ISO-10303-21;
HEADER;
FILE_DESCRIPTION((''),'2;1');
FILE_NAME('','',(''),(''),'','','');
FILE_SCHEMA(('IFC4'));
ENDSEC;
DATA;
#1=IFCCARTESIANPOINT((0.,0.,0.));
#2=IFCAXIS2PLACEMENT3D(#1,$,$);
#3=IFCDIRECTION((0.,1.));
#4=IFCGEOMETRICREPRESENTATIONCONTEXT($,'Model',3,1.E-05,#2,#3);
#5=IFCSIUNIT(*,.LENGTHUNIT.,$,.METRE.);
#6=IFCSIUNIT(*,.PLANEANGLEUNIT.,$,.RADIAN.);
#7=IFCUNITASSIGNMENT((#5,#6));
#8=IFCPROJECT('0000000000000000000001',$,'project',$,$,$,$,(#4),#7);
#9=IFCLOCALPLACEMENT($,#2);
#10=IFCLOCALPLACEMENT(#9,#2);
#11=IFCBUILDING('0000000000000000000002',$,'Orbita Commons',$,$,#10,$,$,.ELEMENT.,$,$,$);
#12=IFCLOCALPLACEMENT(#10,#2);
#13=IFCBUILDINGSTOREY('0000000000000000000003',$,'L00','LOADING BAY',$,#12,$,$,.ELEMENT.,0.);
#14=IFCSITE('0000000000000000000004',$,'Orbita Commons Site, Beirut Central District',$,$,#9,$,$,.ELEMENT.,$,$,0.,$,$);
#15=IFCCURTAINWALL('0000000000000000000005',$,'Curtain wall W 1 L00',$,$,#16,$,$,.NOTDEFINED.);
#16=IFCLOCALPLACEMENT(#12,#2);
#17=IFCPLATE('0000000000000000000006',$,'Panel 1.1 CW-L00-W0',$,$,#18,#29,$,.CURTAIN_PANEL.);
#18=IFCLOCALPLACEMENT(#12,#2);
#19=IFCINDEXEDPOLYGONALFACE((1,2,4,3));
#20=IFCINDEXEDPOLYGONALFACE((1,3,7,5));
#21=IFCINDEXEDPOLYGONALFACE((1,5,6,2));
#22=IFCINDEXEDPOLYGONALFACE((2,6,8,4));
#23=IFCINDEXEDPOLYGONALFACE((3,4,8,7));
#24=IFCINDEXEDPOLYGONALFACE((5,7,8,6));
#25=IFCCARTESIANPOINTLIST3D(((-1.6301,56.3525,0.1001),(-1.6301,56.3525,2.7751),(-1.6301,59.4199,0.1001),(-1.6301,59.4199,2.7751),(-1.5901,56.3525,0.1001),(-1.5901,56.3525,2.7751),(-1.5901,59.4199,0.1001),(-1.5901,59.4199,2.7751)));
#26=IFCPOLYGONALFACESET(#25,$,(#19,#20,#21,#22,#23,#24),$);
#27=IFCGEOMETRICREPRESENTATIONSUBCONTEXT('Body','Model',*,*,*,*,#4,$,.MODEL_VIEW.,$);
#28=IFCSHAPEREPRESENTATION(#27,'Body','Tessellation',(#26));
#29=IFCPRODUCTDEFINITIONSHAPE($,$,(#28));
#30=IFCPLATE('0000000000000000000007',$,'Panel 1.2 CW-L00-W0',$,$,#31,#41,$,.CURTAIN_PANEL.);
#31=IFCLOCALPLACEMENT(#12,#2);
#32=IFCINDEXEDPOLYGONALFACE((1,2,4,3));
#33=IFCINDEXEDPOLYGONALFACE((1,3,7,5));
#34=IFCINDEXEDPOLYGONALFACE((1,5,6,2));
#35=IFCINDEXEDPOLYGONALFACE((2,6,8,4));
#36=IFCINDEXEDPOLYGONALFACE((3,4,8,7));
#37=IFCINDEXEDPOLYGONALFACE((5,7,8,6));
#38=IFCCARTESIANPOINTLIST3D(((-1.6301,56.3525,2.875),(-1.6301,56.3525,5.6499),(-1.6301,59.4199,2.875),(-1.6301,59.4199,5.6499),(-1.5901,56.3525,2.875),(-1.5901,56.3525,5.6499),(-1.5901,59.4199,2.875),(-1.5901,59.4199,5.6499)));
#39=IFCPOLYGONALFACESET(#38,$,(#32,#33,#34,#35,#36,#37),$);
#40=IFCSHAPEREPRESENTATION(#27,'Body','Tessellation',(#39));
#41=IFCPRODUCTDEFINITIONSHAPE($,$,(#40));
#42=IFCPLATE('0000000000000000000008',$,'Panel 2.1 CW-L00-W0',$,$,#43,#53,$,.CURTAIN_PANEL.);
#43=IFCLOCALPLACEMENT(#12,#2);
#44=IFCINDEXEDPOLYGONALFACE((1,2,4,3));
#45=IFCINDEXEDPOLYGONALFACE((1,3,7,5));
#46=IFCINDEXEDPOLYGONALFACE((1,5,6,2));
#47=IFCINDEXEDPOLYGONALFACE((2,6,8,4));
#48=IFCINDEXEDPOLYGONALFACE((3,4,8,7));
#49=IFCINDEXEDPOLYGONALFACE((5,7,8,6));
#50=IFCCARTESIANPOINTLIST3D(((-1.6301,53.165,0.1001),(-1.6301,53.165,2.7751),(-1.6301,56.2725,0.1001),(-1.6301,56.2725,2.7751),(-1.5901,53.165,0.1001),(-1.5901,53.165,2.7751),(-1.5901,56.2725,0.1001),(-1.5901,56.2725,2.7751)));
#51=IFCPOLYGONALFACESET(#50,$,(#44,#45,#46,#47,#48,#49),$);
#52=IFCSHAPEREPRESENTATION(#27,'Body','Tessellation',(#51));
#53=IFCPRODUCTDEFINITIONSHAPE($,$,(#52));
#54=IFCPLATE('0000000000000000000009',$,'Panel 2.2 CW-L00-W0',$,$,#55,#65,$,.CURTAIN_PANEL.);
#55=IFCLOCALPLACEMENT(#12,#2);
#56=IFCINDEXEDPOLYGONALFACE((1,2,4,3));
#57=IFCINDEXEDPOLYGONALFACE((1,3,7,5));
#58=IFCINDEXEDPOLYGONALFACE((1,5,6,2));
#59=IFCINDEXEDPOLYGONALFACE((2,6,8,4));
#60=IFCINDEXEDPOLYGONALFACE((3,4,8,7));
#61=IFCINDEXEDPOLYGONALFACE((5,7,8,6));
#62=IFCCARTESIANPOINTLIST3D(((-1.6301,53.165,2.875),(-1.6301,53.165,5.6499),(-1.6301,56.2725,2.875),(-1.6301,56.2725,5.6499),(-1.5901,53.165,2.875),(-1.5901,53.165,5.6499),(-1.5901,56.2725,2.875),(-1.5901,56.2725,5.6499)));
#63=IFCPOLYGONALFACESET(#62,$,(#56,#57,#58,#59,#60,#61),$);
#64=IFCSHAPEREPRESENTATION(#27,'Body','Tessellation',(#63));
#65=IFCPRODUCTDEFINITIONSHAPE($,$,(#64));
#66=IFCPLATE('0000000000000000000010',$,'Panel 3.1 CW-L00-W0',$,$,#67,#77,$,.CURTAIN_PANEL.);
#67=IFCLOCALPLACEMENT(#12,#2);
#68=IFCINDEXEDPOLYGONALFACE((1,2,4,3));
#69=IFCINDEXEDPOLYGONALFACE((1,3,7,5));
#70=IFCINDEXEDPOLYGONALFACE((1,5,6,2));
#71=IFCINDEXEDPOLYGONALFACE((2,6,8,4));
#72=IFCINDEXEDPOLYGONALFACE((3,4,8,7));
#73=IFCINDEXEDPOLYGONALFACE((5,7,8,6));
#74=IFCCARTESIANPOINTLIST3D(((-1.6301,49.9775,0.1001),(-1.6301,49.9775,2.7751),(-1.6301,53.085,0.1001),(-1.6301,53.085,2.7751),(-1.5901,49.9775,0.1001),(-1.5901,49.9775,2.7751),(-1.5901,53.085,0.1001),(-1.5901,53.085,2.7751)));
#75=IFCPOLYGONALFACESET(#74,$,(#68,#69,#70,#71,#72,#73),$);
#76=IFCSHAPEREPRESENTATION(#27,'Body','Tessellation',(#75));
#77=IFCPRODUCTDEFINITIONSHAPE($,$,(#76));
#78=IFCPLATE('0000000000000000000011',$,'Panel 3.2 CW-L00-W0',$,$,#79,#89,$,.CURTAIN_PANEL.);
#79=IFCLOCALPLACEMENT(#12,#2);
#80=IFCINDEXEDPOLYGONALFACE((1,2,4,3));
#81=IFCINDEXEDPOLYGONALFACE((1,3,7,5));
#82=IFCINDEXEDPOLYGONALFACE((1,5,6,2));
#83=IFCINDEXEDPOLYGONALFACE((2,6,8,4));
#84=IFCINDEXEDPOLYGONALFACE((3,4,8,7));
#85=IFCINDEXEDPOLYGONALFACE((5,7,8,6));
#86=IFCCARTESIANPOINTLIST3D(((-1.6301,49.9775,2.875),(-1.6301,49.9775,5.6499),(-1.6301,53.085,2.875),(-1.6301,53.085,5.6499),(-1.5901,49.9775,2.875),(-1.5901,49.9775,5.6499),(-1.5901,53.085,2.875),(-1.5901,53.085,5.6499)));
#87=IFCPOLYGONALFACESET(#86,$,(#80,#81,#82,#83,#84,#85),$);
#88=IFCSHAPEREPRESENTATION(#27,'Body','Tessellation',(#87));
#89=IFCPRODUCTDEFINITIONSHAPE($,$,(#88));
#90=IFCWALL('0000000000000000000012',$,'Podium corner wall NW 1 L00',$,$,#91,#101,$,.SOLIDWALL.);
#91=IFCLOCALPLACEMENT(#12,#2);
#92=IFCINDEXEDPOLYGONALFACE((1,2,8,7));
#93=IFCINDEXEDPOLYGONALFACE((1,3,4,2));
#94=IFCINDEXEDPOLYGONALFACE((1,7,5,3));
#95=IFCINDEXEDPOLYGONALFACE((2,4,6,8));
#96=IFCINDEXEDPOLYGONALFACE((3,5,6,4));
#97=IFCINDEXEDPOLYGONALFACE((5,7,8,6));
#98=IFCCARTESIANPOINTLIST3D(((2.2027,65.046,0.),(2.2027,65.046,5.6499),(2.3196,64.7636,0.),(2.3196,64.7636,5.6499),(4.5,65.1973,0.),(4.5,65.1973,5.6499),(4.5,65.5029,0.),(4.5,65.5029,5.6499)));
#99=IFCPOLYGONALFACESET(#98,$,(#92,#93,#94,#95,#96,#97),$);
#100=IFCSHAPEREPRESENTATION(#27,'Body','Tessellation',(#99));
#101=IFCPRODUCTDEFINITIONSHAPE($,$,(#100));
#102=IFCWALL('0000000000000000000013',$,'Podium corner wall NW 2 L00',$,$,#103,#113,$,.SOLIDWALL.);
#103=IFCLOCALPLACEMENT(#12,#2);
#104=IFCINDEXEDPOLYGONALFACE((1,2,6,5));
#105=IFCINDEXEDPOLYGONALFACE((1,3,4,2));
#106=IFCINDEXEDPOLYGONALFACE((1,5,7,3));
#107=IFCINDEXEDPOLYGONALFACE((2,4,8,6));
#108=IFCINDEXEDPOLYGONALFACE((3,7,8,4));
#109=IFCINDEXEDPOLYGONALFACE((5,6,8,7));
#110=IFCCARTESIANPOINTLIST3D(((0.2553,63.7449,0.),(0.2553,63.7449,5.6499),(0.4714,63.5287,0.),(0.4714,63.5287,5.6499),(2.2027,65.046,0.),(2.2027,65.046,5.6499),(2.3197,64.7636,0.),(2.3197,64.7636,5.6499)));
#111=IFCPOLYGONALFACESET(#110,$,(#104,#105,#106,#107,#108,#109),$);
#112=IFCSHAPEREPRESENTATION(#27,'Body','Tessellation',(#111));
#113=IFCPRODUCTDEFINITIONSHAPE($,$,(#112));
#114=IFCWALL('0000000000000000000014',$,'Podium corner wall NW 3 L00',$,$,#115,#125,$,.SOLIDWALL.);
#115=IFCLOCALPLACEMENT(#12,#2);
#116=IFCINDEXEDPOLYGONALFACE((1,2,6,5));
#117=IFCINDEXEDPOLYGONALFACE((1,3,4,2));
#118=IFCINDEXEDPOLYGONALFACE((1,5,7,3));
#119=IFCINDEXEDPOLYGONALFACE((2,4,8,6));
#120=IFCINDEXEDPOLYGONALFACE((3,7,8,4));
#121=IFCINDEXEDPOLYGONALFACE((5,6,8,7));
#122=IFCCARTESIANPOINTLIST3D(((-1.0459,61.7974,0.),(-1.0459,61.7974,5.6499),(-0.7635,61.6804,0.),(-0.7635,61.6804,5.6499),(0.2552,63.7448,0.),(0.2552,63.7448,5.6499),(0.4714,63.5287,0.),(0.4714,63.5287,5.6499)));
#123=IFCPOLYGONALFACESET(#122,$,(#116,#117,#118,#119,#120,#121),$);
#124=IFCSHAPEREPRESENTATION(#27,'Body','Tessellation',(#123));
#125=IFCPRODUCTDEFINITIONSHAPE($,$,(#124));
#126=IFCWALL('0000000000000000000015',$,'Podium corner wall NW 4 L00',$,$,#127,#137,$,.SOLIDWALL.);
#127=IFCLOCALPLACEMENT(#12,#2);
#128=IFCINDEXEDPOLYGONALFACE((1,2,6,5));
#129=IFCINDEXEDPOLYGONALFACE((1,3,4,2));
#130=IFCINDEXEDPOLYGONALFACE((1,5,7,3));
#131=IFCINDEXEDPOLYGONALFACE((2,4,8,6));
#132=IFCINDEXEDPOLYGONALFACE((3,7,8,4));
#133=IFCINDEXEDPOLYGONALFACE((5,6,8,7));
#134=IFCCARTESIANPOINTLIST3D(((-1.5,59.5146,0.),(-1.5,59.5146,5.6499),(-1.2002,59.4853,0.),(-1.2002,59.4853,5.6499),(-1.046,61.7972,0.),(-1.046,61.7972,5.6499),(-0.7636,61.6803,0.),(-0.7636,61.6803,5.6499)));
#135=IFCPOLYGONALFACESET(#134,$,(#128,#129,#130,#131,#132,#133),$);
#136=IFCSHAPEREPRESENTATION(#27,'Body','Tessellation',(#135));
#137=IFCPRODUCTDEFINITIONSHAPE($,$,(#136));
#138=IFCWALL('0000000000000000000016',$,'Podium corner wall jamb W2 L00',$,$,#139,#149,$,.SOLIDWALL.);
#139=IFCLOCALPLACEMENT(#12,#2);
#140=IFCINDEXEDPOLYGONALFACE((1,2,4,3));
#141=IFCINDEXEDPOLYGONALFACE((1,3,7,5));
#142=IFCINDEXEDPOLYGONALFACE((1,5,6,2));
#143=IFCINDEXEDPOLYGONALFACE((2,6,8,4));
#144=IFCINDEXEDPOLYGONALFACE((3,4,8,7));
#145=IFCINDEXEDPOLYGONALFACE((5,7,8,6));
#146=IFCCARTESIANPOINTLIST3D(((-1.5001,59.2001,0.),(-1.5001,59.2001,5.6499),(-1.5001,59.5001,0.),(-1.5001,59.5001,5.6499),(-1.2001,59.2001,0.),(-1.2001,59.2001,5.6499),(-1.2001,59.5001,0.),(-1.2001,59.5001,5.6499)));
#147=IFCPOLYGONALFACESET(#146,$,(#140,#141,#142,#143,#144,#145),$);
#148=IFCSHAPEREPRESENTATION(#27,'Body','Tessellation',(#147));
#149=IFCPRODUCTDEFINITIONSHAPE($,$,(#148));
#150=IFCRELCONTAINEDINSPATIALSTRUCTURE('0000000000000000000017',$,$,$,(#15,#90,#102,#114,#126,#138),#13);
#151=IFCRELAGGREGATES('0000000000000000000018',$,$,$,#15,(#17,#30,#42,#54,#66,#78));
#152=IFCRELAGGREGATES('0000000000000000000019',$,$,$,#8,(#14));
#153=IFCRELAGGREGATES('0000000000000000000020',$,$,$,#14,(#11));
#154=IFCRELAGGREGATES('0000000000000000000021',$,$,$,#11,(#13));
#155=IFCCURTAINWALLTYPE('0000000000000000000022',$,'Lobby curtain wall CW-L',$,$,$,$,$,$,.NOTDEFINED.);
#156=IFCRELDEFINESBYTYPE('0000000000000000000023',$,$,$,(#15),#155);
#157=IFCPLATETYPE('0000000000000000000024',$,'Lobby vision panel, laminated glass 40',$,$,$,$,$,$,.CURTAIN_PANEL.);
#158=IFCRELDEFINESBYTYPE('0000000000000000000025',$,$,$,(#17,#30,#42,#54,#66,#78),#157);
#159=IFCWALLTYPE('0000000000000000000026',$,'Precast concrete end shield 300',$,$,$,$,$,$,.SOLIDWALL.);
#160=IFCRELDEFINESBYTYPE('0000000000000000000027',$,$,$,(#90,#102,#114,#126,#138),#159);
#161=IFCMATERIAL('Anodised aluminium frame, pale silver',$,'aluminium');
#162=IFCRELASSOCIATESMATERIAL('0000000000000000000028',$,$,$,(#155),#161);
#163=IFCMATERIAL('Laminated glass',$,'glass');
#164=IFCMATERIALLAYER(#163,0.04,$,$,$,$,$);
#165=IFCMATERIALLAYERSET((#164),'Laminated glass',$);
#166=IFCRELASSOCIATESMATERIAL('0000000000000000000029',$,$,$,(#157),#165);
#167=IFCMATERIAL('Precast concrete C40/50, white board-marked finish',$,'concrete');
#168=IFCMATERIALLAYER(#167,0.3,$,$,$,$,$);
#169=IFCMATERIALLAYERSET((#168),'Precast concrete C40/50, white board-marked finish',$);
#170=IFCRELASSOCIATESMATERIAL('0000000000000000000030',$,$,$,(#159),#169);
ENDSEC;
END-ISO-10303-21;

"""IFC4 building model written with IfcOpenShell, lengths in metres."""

from ifc_helpers import new_model, si_unit, direction, frame, frame_2d, origin, origin_2d, place, context, subcontext, project, spatial, polyline, rectangle, outline, extrude, material, layer, layer_set, type_object, element, aggregate, save


model = new_model("IFC4")

# Units and contexts
model_context = context("Model", 3, precision=1e-05, world=origin(), true_north=direction((0.0, 1.0)))
body_context = subcontext(model_context, "Body", "Model", "MODEL_VIEW")
ifc_project = project(units=[si_unit("LENGTHUNIT", "METRE"), si_unit("PLANEANGLEUNIT", "RADIAN")], contexts=[model_context])

# Site, building, storey
site_placement = place(None, origin())
site = spatial("IfcSite", under=ifc_project, at=site_placement, Name="Orbita Commons Site, Beirut Central District", CompositionType="ELEMENT", RefElevation=0.0)
building_placement = place(site_placement, origin())
building = spatial("IfcBuilding", under=site, at=building_placement, Name="Orbita Commons", CompositionType="ELEMENT")
storey_placement = place(building_placement, origin())
storey = spatial("IfcBuildingStorey", under=building, at=storey_placement, Name="L00", Description="LOADING BAY", CompositionType="ELEMENT", Elevation=0.0)

# Curtain wall
ifc_material_1 = material(Name="Anodised aluminium frame, pale silver", Category="aluminium")
curtain_wall_type = type_object("IfcCurtainWallType", Name="Lobby curtain wall CW-L", PredefinedType="NOTDEFINED", material=ifc_material_1)
curtain_wall_placement = place(storey_placement, origin())
curtain_wall = element("IfcCurtainWall", 1, at=curtain_wall_placement, inside=storey, type_object=curtain_wall_type, Name="Curtain wall W 1 L00", PredefinedType="NOTDEFINED")

# Plates
ifc_material_2 = material(Name="Laminated glass", Category="glass")
ifc_layer_1 = layer(ifc_material_2, 0.04)
ifc_layer_set_1 = layer_set([ifc_layer_1], Name="Laminated glass")
plate_type = type_object("IfcPlateType", Name="Lobby vision panel, laminated glass 40", PredefinedType="CURTAIN_PANEL", material=ifc_layer_set_1)
plate_1_placement = place(storey_placement, frame((-1.6101, 57.8862, 0.1001), z_axis=(0.0, 0.0, 1.0), x_axis=(0.0, -1.0, 0.0)))
plate_1 = element("IfcPlate", 2, at=plate_1_placement, type_object=plate_type, Name="Panel 1.1 CW-L00-W0", PredefinedType="CURTAIN_PANEL", context=body_context, shape_type="SweptSolid", body=[
    extrude(rectangle(XDim=3.0674, YDim=0.04, at=origin_2d()), origin(), (0.0, 0.0, 1.0), 2.675),
])
plate_2_placement = place(storey_placement, frame((-1.6101, 57.8862, 2.875), z_axis=(0.0, 0.0, 1.0), x_axis=(0.0, -1.0, 0.0)))
plate_2 = element("IfcPlate", 3, at=plate_2_placement, type_object=plate_type, Name="Panel 1.2 CW-L00-W0", PredefinedType="CURTAIN_PANEL", context=body_context, shape_type="SweptSolid", body=[
    extrude(rectangle(XDim=3.0674, YDim=0.04, at=origin_2d()), origin(), (0.0, 0.0, 1.0), 2.7749),
])
plate_3_placement = place(storey_placement, frame((-1.6101, 54.7188, 0.1001), z_axis=(0.0, 0.0, 1.0), x_axis=(0.0, -1.0, 0.0)))
plate_3 = element("IfcPlate", 4, at=plate_3_placement, type_object=plate_type, Name="Panel 2.1 CW-L00-W0", PredefinedType="CURTAIN_PANEL", context=body_context, shape_type="SweptSolid", body=[
    extrude(rectangle(XDim=3.1074, YDim=0.04, at=origin_2d()), origin(), (0.0, 0.0, 1.0), 2.675),
])
plate_4_placement = place(storey_placement, frame((-1.6101, 54.7188, 2.875), z_axis=(0.0, 0.0, 1.0), x_axis=(0.0, -1.0, 0.0)))
plate_4 = element("IfcPlate", 5, at=plate_4_placement, type_object=plate_type, Name="Panel 2.2 CW-L00-W0", PredefinedType="CURTAIN_PANEL", context=body_context, shape_type="SweptSolid", body=[
    extrude(rectangle(XDim=3.1074, YDim=0.04, at=origin_2d()), origin(), (0.0, 0.0, 1.0), 2.7749),
])
plate_5_placement = place(storey_placement, frame((-1.6101, 51.5312, 0.1001), z_axis=(0.0, 0.0, 1.0), x_axis=(0.0, -1.0, 0.0)))
plate_5 = element("IfcPlate", 6, at=plate_5_placement, type_object=plate_type, Name="Panel 3.1 CW-L00-W0", PredefinedType="CURTAIN_PANEL", context=body_context, shape_type="SweptSolid", body=[
    extrude(rectangle(XDim=3.1074, YDim=0.04, at=origin_2d()), origin(), (0.0, 0.0, 1.0), 2.675),
])
plate_6_placement = place(storey_placement, frame((-1.6101, 51.5312, 2.875), z_axis=(0.0, 0.0, 1.0), x_axis=(0.0, -1.0, 0.0)))
plate_6 = element("IfcPlate", 7, at=plate_6_placement, type_object=plate_type, Name="Panel 3.2 CW-L00-W0", PredefinedType="CURTAIN_PANEL", context=body_context, shape_type="SweptSolid", body=[
    extrude(rectangle(XDim=3.1074, YDim=0.04, at=origin_2d()), origin(), (0.0, 0.0, 1.0), 2.7749),
])
aggregate(curtain_wall, [plate_1, plate_2, plate_3, plate_4, plate_5, plate_6])

# Walls
ifc_material_3 = material(Name="Precast concrete C40/50, white board-marked finish", Category="concrete")
ifc_layer_2 = layer(ifc_material_3, 0.3)
ifc_layer_set_2 = layer_set([ifc_layer_2], Name="Precast concrete C40/50, white board-marked finish")
wall_type = type_object("IfcWallType", Name="Precast concrete end shield 300", PredefinedType="SOLIDWALL", material=ifc_layer_set_2)
wall_1_placement = place(storey_placement, frame((4.5, 65.3501, 0.0), z_axis=(0.0, 0.0, 1.0), x_axis=(-0.980786, -0.195088, 0.0)))
element("IfcWall", 8, at=wall_1_placement, inside=storey, type_object=wall_type, Name="Podium corner wall NW 1 L00", PredefinedType="SOLIDWALL", context=body_context, shape_type="SweptSolid", body=[
    extrude(outline(polyline([(-0.0298, -0.1499), (2.3125, -0.1499), (2.2529, 0.1499), (0.0298, 0.1499), (-0.0298, -0.1499)])), origin(), (0.0, 0.0, 1.0), 5.6499),
])
for number, where, z_axis, x_axis, name in (
    (9, (2.2612, 64.9048, 0.0), (0.0, 0.0, 1.0), (-0.83149, -0.555539, 0.0), "Podium corner wall NW 2 L00"),
    (10, (0.3633, 63.6367, 0.0), (0.0, 0.0, 1.0), (-0.555539, -0.83149, 0.0), "Podium corner wall NW 3 L00"),
):
    element("IfcWall", number, at=place(storey_placement, frame(where, z_axis=z_axis, x_axis=x_axis)), inside=storey, type_object=wall_type, Name=name, PredefinedType="SOLIDWALL", context=body_context, shape_type="SweptSolid", body=[
        extrude(outline(polyline([(-0.0298, -0.1499), (2.3123, -0.1499), (2.2527, 0.1499), (0.0298, 0.1499), (-0.0298, -0.1499)])), origin(), (0.0, 0.0, 1.0), 5.6499),
    ])
wall_2_placement = place(storey_placement, frame((-0.9048, 61.7388, 0.0), z_axis=(0.0, 0.0, 1.0), x_axis=(-0.195088, -0.980786, 0.0)))
element("IfcWall", 11, at=wall_2_placement, inside=storey, type_object=wall_type, Name="Podium corner wall NW 4 L00", PredefinedType="SOLIDWALL", context=body_context, shape_type="SweptSolid", body=[
    extrude(outline(polyline([(-0.0298, -0.1499), (2.2976, -0.1499), (2.2678, 0.1499), (0.0298, 0.1499), (-0.0298, -0.1499)])), origin(), (0.0, 0.0, 1.0), 5.6499),
])
wall_3_placement = place(storey_placement, frame((-1.3501, 59.5, 0.0), z_axis=(0.0, 0.0, 1.0), x_axis=(0.0, -1.0, 0.0)))
element("IfcWall", 12, at=wall_3_placement, inside=storey, type_object=wall_type, Name="Podium corner wall jamb W2 L00", PredefinedType="SOLIDWALL", context=body_context, shape_type="SweptSolid", body=[
    extrude(rectangle(XDim=0.3, YDim=0.3, at=frame_2d((0.1499, 0.0))), origin(), (0.0, 0.0, 1.0), 5.6499),
])

save(model, "model.ifc")
